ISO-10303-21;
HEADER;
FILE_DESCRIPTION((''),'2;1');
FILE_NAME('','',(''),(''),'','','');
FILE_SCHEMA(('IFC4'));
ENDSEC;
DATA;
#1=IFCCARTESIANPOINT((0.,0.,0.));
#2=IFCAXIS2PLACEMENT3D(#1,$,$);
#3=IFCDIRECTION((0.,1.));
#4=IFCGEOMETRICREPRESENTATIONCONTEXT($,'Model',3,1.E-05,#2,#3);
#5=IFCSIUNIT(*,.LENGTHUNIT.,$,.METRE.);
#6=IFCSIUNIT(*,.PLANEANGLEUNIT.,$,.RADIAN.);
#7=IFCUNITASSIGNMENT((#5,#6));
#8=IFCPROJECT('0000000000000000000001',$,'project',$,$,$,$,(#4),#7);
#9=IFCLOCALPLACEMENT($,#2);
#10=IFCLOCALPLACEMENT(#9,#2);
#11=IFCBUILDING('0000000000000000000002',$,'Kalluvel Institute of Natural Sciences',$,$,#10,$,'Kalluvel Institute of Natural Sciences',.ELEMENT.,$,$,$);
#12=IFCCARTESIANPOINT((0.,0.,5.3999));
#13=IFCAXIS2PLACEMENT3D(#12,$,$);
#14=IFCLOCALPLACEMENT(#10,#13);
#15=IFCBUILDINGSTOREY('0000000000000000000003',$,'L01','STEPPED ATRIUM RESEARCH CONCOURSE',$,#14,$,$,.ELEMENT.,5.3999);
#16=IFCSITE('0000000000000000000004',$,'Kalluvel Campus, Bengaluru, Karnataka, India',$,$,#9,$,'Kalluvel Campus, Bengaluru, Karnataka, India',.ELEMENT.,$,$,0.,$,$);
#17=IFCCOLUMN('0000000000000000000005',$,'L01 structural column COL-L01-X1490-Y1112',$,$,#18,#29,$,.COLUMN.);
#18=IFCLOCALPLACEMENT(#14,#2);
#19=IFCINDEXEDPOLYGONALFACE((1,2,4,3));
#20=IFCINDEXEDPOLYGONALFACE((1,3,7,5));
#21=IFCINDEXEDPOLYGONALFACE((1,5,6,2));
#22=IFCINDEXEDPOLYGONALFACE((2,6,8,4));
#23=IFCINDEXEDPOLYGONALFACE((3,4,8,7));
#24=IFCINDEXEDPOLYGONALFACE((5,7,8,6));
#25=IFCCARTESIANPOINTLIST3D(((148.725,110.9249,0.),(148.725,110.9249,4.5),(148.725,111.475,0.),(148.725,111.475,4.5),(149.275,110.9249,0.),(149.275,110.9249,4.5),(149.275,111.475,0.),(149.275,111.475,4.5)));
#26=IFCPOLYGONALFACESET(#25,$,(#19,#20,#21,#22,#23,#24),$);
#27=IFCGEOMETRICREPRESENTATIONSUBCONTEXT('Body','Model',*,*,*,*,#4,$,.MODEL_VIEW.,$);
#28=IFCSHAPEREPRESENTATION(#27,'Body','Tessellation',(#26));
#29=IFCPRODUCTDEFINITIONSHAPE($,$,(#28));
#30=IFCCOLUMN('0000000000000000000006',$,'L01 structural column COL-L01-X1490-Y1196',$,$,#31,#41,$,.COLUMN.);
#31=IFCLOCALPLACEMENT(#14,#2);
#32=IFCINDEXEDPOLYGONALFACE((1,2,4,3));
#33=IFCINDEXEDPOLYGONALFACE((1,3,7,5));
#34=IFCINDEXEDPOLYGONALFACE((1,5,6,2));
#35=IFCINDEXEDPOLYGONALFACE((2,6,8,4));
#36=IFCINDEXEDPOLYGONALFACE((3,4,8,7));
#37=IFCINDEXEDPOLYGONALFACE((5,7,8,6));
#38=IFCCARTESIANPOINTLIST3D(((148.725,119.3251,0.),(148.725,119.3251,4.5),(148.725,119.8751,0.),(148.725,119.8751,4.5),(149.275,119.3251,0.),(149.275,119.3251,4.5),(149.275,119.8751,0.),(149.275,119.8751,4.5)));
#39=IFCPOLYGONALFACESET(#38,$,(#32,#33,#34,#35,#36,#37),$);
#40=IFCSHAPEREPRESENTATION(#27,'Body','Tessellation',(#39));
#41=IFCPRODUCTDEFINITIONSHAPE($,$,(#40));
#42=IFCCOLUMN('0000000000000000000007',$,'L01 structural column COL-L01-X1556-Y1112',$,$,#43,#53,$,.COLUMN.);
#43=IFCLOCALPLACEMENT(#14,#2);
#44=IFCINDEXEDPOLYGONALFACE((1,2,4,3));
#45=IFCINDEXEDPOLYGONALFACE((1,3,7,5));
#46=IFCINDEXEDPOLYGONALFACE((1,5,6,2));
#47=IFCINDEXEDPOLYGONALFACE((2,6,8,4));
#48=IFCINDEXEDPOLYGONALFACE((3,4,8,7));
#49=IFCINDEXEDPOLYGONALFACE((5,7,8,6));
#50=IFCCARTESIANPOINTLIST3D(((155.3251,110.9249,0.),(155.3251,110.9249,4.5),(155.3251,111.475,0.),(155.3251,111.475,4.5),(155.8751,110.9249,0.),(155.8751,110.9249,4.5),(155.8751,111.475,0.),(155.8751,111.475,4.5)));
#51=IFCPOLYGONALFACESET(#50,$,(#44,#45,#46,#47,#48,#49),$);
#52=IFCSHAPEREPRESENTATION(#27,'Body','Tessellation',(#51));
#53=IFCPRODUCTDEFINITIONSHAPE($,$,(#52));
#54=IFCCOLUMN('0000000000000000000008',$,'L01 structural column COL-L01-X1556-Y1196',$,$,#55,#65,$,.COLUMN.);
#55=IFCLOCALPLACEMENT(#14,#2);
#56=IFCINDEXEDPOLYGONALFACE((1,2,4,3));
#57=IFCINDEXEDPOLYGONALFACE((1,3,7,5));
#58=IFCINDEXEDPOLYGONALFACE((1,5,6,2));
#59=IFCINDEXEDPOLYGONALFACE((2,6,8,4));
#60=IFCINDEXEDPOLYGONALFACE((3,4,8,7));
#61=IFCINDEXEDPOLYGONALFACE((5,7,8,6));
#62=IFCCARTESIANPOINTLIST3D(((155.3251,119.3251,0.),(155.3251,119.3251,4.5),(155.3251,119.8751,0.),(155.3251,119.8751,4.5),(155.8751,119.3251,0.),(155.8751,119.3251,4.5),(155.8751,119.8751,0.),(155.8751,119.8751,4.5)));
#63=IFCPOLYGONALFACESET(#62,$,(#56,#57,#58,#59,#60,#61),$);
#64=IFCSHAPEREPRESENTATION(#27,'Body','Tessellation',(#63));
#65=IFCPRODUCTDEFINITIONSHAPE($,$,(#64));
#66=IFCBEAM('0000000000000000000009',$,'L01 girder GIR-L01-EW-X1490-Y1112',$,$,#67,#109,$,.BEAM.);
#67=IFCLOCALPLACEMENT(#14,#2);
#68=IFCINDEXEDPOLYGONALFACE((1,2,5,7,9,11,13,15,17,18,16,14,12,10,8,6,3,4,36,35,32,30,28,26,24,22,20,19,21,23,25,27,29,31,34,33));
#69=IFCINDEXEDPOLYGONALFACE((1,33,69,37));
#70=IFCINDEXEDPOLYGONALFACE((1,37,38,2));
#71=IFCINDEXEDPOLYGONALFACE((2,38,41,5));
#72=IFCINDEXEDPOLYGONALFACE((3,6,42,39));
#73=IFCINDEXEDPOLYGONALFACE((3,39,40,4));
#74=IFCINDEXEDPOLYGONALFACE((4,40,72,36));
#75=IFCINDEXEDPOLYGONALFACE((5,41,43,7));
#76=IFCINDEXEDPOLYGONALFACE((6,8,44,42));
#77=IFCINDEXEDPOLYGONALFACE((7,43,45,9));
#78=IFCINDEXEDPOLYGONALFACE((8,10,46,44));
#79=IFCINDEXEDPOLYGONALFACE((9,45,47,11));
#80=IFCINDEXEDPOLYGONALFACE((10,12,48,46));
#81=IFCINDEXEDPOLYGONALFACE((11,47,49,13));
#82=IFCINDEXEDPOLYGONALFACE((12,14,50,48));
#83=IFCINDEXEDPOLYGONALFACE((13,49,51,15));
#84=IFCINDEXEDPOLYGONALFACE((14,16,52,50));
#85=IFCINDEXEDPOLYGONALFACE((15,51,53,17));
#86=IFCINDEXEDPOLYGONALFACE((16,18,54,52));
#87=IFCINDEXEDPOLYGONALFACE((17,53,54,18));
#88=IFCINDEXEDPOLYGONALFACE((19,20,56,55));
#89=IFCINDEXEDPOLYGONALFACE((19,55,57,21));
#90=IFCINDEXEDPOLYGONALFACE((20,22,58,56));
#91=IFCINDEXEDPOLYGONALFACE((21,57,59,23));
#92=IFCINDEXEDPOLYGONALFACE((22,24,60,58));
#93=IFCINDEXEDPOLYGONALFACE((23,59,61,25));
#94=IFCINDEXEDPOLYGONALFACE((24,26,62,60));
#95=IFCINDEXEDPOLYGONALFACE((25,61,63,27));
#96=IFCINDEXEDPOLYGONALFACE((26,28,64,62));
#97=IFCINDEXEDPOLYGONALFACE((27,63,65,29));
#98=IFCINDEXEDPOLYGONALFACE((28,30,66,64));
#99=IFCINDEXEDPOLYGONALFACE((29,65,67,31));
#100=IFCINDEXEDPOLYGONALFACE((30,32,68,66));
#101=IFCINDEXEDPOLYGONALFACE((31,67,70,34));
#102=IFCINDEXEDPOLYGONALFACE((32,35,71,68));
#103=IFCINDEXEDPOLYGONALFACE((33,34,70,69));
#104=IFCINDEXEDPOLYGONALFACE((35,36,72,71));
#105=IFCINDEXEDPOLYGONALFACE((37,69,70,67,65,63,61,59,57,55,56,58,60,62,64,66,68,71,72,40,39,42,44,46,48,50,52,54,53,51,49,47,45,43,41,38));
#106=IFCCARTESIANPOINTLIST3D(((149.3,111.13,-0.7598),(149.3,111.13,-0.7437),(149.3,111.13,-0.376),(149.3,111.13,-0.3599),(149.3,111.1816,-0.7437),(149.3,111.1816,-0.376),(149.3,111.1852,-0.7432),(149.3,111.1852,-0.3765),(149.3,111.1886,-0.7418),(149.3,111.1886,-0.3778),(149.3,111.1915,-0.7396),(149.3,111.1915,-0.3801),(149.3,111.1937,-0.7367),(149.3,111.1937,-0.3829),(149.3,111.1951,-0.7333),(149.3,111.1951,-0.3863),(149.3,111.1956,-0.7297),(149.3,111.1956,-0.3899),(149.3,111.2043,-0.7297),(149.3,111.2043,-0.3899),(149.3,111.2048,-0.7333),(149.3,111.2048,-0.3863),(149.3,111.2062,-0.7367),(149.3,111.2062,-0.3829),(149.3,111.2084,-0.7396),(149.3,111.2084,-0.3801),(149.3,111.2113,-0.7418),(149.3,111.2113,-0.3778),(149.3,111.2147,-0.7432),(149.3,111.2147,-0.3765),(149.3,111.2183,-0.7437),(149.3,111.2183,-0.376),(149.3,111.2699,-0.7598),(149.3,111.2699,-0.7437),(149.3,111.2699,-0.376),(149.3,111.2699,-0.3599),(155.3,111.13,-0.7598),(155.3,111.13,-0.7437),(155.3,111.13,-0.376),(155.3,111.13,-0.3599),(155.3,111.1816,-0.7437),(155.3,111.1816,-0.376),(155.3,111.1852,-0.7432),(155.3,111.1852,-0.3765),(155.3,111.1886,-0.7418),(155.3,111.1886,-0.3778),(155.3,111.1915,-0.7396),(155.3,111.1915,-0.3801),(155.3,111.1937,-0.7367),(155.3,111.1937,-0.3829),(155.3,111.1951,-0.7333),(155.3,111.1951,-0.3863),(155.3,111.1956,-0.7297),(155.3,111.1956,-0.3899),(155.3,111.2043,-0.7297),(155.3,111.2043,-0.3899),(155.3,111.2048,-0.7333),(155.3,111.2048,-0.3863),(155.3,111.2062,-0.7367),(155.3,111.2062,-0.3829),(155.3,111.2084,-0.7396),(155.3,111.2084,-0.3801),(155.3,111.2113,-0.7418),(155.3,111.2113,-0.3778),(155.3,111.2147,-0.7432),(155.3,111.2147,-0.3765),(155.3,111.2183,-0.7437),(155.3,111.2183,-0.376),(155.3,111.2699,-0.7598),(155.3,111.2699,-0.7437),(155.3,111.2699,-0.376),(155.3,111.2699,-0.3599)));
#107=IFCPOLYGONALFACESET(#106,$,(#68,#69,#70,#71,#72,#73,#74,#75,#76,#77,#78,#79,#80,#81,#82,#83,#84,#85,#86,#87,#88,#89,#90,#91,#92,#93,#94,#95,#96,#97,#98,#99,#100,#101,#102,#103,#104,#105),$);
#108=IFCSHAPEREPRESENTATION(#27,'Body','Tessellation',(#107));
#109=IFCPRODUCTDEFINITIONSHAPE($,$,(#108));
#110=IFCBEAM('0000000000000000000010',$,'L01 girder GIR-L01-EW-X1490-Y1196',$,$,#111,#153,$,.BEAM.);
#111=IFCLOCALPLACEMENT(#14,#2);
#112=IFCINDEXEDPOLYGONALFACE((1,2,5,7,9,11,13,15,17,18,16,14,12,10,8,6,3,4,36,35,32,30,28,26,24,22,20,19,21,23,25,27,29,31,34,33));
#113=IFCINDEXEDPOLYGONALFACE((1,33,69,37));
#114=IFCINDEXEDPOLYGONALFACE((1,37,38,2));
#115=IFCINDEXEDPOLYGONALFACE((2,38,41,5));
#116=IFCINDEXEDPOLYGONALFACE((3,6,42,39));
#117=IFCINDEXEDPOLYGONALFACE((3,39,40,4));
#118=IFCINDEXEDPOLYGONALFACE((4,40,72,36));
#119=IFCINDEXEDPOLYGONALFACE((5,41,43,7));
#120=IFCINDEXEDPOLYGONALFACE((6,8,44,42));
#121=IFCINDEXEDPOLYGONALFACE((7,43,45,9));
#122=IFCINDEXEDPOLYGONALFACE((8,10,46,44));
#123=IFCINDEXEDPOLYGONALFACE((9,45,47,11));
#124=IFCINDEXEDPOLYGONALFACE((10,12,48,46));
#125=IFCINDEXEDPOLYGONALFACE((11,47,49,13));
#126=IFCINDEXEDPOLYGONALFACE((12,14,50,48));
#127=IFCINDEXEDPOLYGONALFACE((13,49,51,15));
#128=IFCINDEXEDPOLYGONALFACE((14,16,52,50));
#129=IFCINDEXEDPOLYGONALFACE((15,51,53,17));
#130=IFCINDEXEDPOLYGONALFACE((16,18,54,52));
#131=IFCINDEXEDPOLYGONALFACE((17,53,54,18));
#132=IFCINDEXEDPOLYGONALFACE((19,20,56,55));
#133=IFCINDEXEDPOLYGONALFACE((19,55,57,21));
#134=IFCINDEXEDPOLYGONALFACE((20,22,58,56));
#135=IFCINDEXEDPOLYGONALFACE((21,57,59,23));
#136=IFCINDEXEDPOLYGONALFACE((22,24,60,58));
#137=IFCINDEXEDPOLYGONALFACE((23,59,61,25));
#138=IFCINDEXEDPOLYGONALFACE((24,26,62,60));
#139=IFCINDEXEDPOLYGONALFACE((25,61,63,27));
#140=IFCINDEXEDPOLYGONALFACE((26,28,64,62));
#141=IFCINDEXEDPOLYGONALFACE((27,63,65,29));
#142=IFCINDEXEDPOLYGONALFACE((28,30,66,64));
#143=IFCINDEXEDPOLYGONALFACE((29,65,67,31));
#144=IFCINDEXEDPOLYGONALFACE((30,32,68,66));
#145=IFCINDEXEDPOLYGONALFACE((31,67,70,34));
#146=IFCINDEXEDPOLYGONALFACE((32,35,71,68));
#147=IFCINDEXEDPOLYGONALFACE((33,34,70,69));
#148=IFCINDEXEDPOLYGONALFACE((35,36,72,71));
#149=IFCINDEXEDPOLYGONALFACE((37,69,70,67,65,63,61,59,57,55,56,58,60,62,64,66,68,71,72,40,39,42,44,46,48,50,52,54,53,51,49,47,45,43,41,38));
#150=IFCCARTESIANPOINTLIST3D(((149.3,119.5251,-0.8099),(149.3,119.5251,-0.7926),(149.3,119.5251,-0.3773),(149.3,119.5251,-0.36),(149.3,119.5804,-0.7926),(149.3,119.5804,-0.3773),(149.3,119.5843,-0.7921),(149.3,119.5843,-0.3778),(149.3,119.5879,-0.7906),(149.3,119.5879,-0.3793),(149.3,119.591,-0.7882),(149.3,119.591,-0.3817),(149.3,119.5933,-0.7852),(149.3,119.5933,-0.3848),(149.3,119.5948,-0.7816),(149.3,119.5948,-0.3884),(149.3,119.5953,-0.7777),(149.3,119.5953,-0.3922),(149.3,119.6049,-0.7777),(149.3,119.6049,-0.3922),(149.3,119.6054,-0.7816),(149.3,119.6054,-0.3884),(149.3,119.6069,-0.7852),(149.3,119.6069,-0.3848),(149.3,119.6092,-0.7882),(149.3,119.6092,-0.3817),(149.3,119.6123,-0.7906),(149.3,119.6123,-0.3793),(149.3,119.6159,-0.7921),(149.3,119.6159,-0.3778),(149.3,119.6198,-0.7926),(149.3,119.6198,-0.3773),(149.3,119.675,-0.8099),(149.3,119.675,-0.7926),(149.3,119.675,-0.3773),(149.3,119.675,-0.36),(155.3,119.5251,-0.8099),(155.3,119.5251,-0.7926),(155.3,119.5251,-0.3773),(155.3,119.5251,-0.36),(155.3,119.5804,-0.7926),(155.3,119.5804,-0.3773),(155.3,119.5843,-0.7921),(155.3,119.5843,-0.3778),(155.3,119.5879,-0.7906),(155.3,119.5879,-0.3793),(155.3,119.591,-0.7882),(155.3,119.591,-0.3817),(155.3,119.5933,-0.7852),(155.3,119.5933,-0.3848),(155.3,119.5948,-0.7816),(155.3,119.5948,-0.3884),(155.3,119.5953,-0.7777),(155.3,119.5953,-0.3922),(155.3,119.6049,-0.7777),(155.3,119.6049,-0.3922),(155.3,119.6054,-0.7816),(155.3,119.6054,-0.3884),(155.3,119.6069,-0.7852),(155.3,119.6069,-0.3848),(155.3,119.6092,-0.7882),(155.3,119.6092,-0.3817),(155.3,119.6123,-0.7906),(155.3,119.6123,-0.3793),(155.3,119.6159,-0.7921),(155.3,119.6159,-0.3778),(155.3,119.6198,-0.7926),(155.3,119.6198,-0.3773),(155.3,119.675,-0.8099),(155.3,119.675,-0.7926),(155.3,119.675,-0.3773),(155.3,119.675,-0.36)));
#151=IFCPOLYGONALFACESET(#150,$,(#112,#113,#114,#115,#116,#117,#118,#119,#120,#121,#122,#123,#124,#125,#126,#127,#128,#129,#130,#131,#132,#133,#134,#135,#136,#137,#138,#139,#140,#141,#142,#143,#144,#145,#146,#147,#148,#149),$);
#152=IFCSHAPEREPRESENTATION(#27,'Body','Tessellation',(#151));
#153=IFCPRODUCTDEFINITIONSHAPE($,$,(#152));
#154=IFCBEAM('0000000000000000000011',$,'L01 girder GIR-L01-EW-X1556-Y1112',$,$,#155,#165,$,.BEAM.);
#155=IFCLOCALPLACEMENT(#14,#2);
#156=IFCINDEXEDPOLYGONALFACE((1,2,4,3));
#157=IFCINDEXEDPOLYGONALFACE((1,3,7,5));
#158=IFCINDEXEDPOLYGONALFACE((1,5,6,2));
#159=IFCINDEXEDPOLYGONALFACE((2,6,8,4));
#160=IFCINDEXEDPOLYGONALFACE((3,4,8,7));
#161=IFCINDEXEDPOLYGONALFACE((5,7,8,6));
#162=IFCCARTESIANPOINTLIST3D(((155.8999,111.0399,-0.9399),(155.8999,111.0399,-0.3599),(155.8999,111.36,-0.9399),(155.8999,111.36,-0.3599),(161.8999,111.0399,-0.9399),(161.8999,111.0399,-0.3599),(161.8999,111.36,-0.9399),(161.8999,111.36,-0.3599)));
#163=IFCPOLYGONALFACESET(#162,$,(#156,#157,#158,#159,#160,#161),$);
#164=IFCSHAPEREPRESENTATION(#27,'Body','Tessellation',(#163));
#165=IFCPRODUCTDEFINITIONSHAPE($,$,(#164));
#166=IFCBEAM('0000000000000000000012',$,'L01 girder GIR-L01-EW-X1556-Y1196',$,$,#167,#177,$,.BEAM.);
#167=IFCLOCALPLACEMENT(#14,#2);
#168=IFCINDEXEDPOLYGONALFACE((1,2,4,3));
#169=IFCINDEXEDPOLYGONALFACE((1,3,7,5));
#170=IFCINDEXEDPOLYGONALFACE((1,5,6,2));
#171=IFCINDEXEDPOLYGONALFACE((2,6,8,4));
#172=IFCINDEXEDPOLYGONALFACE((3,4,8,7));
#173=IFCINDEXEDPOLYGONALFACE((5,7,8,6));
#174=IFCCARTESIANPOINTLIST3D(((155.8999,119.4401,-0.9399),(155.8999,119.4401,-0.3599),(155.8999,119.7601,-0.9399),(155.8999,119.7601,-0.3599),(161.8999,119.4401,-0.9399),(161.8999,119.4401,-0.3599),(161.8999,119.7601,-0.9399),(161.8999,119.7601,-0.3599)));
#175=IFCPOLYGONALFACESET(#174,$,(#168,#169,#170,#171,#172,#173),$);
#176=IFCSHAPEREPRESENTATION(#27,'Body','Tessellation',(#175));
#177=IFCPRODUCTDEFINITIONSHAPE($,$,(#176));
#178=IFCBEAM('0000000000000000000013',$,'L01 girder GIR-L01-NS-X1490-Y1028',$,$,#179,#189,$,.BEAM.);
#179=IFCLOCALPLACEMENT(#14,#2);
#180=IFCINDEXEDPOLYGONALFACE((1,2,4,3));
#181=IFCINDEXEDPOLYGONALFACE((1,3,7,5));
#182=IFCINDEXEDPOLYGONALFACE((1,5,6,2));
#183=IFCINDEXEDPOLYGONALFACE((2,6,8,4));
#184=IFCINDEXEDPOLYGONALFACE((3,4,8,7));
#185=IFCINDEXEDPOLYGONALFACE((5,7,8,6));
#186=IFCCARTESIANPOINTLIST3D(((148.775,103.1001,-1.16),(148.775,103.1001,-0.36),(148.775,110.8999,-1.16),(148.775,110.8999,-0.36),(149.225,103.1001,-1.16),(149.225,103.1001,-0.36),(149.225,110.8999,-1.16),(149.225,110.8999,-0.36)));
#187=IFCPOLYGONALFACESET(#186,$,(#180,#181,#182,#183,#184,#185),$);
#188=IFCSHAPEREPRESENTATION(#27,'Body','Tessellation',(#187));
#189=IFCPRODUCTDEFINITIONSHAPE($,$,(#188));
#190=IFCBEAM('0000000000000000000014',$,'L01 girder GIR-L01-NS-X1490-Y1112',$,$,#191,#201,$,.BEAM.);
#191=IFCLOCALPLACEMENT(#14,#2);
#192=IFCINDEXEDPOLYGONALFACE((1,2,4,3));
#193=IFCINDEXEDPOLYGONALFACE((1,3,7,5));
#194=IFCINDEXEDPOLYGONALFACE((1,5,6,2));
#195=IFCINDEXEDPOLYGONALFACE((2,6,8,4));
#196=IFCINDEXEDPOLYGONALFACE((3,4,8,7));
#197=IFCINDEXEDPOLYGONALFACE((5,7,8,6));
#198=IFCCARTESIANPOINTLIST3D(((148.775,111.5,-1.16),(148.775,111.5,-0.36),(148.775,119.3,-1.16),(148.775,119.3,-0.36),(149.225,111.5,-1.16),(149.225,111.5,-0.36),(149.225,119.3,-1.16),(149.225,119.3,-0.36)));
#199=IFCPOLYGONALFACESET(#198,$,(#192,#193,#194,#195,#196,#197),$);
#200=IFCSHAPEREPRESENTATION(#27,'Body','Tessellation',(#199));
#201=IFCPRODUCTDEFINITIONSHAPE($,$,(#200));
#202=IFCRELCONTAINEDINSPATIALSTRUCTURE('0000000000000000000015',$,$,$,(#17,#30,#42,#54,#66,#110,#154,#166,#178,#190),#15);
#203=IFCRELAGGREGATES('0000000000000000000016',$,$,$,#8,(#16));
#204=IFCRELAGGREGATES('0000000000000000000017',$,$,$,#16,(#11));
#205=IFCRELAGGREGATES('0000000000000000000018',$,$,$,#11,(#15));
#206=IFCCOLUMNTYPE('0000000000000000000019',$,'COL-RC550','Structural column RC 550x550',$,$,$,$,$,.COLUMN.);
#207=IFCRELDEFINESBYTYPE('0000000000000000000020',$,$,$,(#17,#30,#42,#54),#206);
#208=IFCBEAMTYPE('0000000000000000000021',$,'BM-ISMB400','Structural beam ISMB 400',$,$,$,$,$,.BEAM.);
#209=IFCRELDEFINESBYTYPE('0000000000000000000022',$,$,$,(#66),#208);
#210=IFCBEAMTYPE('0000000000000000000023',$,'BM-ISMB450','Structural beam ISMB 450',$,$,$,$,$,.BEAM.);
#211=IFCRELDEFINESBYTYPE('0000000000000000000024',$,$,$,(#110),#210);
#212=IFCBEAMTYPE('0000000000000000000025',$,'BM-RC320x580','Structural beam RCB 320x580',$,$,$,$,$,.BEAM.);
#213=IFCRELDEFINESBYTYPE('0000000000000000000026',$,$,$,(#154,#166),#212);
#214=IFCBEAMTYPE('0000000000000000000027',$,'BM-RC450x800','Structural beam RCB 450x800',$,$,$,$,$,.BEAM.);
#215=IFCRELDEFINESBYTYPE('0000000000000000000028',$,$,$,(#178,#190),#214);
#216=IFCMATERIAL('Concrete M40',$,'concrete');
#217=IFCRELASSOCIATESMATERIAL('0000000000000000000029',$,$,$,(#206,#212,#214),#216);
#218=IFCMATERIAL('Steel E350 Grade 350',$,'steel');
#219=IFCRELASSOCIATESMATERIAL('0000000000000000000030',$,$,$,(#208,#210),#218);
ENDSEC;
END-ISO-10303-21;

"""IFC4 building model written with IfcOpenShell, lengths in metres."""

from ifc_helpers import new_model, si_unit, direction, frame, origin, origin_2d, place, context, subcontext, project, spatial, rectangle, i_section, extrude, material, material_profile, profile_set, type_object, element, save


model = new_model("IFC4")

# Units and contexts
model_context = context("Model", 3, precision=1e-05, world=origin(), true_north=direction((0.0, 1.0)))
body_context = subcontext(model_context, "Body", "Model", "MODEL_VIEW")
ifc_project = project(units=[si_unit("LENGTHUNIT", "METRE"), si_unit("PLANEANGLEUNIT", "RADIAN")], contexts=[model_context])

# Site, building, storey
site_placement = place(None, origin())
site = spatial("IfcSite", under=ifc_project, at=site_placement, Name="Kalluvel Campus, Bengaluru, Karnataka, India", LongName="Kalluvel Campus, Bengaluru, Karnataka, India", CompositionType="ELEMENT", RefElevation=0.0)
building_placement = place(site_placement, origin())
building = spatial("IfcBuilding", under=site, at=building_placement, Name="Kalluvel Institute of Natural Sciences", LongName="Kalluvel Institute of Natural Sciences", CompositionType="ELEMENT")
storey_placement = place(building_placement, frame((0.0, 0.0, 5.3999)))
storey = spatial("IfcBuildingStorey", under=building, at=storey_placement, Name="L01", Description="STEPPED ATRIUM RESEARCH CONCOURSE", CompositionType="ELEMENT", Elevation=5.3999)

# Columns
ifc_material_1 = material(Name="Concrete M40", Category="concrete")
ifc_material_profile_1 = material_profile(ifc_material_1, rectangle(XDim=0.55, YDim=0.55, at=origin_2d()), Name="RC 550x550")
ifc_profile_set_1 = profile_set([ifc_material_profile_1], Name="Concrete M40")
column_type = type_object("IfcColumnType", Name="COL-RC550", Description="Structural column RC 550x550", PredefinedType="COLUMN", material=ifc_profile_set_1)
for number, where, z_axis, x_axis, name in (
    (1, (149.0, 111.2, 0.0), (0.0, 0.0, 1.0), (1.0, 0.0, 0.0), "L01 structural column COL-L01-X1490-Y1112"),
    (2, (149.0, 119.6001, 0.0), (0.0, 0.0, 1.0), (1.0, 0.0, 0.0), "L01 structural column COL-L01-X1490-Y1196"),
    (3, (155.6001, 111.2, 0.0), (0.0, 0.0, 1.0), (1.0, 0.0, 0.0), "L01 structural column COL-L01-X1556-Y1112"),
    (4, (155.6001, 119.6001, 0.0), (0.0, 0.0, 1.0), (1.0, 0.0, 0.0), "L01 structural column COL-L01-X1556-Y1196"),
):
    element("IfcColumn", number, at=place(storey_placement, frame(where, z_axis=z_axis, x_axis=x_axis)), inside=storey, type_object=column_type, Name=name, PredefinedType="COLUMN", context=body_context, shape_type="SweptSolid", body=[
        extrude(rectangle(XDim=0.55, YDim=0.55, at=origin_2d()), origin(), (0.0, 0.0, 1.0), 4.5),
    ])

# Beams
ifc_material_2 = material(Name="Steel E350 Grade 350", Category="steel")
ifc_material_profile_2 = material_profile(ifc_material_2, i_section(OverallWidth=0.1399, OverallDepth=0.3999, WebThickness=0.0088, FlangeThickness=0.0161, FilletRadius=0.0139, at=origin_2d()), Name="ISMB 400")
ifc_profile_set_2 = profile_set([ifc_material_profile_2], Name="Steel E350 Grade 350")
beam_type_1 = type_object("IfcBeamType", Name="BM-ISMB400", Description="Structural beam ISMB 400", PredefinedType="BEAM", material=ifc_profile_set_2)
beam_1_placement = place(storey_placement, frame((149.3, 111.2, -0.5598), z_axis=(1.0, 0.0, 0.0), x_axis=(0.0, 1.0, 0.0)))
element("IfcBeam", 5, at=beam_1_placement, inside=storey, type_object=beam_type_1, Name="L01 girder GIR-L01-EW-X1490-Y1112", PredefinedType="BEAM", context=body_context, shape_type="SweptSolid", body=[
    extrude(i_section(OverallWidth=0.1399, OverallDepth=0.3999, WebThickness=0.0088, FlangeThickness=0.0161, FilletRadius=0.0139, at=origin_2d()), origin(), (0.0, 0.0, 1.0), 6.0),
])
ifc_material_profile_3 = material_profile(ifc_material_2, i_section(OverallWidth=0.1499, OverallDepth=0.45, WebThickness=0.0095, FlangeThickness=0.0173, FilletRadius=0.0149, at=origin_2d()), Name="ISMB 450")
ifc_profile_set_3 = profile_set([ifc_material_profile_3], Name="Steel E350 Grade 350")
beam_type_2 = type_object("IfcBeamType", Name="BM-ISMB450", Description="Structural beam ISMB 450", PredefinedType="BEAM", material=ifc_profile_set_3)
beam_2_placement = place(storey_placement, frame((149.3, 119.6001, -0.585), z_axis=(1.0, 0.0, 0.0), x_axis=(0.0, 1.0, 0.0)))
element("IfcBeam", 6, at=beam_2_placement, inside=storey, type_object=beam_type_2, Name="L01 girder GIR-L01-EW-X1490-Y1196", PredefinedType="BEAM", context=body_context, shape_type="SweptSolid", body=[
    extrude(i_section(OverallWidth=0.1499, OverallDepth=0.45, WebThickness=0.0095, FlangeThickness=0.0173, FilletRadius=0.0149, at=origin_2d()), origin(), (0.0, 0.0, 1.0), 6.0),
])
ifc_material_profile_4 = material_profile(ifc_material_1, rectangle(XDim=0.3201, YDim=0.5801, at=origin_2d()), Name="RCB 320x580")
ifc_profile_set_4 = profile_set([ifc_material_profile_4], Name="Concrete M40")
beam_type_3 = type_object("IfcBeamType", Name="BM-RC320x580", Description="Structural beam RCB 320x580", PredefinedType="BEAM", material=ifc_profile_set_4)
for number, where, z_axis, x_axis, name in (
    (7, (155.8999, 111.2, -0.6499), (1.0, 0.0, 0.0), (0.0, 1.0, 0.0), "L01 girder GIR-L01-EW-X1556-Y1112"),
    (8, (155.8999, 119.6001, -0.6499), (1.0, 0.0, 0.0), (0.0, 1.0, 0.0), "L01 girder GIR-L01-EW-X1556-Y1196"),
):
    element("IfcBeam", number, at=place(storey_placement, frame(where, z_axis=z_axis, x_axis=x_axis)), inside=storey, type_object=beam_type_3, Name=name, PredefinedType="BEAM", context=body_context, shape_type="SweptSolid", body=[
        extrude(rectangle(XDim=0.3201, YDim=0.5801, at=origin_2d()), origin(), (0.0, 0.0, 1.0), 6.0),
    ])
ifc_material_profile_5 = material_profile(ifc_material_1, rectangle(XDim=0.45, YDim=0.8, at=origin_2d()), Name="RCB 450x800")
ifc_profile_set_5 = profile_set([ifc_material_profile_5], Name="Concrete M40")
beam_type_4 = type_object("IfcBeamType", Name="BM-RC450x800", Description="Structural beam RCB 450x800", PredefinedType="BEAM", material=ifc_profile_set_5)
beam_3_placement = place(storey_placement, frame((149.0, 103.1001, -0.76), z_axis=(0.0, 1.0, 0.0), x_axis=(-1.0, 0.0, 0.0)))
element("IfcBeam", 9, at=beam_3_placement, inside=storey, type_object=beam_type_4, Name="L01 girder GIR-L01-NS-X1490-Y1028", PredefinedType="BEAM", context=body_context, shape_type="SweptSolid", body=[
    extrude(rectangle(XDim=0.45, YDim=0.8, at=origin_2d()), origin(), (0.0, 0.0, 1.0), 7.7998),
])
beam_4_placement = place(storey_placement, frame((149.0, 111.5, -0.76), z_axis=(0.0, 1.0, 0.0), x_axis=(-1.0, 0.0, 0.0)))
element("IfcBeam", 10, at=beam_4_placement, inside=storey, type_object=beam_type_4, Name="L01 girder GIR-L01-NS-X1490-Y1112", PredefinedType="BEAM", context=body_context, shape_type="SweptSolid", body=[
    extrude(rectangle(XDim=0.45, YDim=0.8, at=origin_2d()), origin(), (0.0, 0.0, 1.0), 7.8),
])

save(model, "model.ifc")
